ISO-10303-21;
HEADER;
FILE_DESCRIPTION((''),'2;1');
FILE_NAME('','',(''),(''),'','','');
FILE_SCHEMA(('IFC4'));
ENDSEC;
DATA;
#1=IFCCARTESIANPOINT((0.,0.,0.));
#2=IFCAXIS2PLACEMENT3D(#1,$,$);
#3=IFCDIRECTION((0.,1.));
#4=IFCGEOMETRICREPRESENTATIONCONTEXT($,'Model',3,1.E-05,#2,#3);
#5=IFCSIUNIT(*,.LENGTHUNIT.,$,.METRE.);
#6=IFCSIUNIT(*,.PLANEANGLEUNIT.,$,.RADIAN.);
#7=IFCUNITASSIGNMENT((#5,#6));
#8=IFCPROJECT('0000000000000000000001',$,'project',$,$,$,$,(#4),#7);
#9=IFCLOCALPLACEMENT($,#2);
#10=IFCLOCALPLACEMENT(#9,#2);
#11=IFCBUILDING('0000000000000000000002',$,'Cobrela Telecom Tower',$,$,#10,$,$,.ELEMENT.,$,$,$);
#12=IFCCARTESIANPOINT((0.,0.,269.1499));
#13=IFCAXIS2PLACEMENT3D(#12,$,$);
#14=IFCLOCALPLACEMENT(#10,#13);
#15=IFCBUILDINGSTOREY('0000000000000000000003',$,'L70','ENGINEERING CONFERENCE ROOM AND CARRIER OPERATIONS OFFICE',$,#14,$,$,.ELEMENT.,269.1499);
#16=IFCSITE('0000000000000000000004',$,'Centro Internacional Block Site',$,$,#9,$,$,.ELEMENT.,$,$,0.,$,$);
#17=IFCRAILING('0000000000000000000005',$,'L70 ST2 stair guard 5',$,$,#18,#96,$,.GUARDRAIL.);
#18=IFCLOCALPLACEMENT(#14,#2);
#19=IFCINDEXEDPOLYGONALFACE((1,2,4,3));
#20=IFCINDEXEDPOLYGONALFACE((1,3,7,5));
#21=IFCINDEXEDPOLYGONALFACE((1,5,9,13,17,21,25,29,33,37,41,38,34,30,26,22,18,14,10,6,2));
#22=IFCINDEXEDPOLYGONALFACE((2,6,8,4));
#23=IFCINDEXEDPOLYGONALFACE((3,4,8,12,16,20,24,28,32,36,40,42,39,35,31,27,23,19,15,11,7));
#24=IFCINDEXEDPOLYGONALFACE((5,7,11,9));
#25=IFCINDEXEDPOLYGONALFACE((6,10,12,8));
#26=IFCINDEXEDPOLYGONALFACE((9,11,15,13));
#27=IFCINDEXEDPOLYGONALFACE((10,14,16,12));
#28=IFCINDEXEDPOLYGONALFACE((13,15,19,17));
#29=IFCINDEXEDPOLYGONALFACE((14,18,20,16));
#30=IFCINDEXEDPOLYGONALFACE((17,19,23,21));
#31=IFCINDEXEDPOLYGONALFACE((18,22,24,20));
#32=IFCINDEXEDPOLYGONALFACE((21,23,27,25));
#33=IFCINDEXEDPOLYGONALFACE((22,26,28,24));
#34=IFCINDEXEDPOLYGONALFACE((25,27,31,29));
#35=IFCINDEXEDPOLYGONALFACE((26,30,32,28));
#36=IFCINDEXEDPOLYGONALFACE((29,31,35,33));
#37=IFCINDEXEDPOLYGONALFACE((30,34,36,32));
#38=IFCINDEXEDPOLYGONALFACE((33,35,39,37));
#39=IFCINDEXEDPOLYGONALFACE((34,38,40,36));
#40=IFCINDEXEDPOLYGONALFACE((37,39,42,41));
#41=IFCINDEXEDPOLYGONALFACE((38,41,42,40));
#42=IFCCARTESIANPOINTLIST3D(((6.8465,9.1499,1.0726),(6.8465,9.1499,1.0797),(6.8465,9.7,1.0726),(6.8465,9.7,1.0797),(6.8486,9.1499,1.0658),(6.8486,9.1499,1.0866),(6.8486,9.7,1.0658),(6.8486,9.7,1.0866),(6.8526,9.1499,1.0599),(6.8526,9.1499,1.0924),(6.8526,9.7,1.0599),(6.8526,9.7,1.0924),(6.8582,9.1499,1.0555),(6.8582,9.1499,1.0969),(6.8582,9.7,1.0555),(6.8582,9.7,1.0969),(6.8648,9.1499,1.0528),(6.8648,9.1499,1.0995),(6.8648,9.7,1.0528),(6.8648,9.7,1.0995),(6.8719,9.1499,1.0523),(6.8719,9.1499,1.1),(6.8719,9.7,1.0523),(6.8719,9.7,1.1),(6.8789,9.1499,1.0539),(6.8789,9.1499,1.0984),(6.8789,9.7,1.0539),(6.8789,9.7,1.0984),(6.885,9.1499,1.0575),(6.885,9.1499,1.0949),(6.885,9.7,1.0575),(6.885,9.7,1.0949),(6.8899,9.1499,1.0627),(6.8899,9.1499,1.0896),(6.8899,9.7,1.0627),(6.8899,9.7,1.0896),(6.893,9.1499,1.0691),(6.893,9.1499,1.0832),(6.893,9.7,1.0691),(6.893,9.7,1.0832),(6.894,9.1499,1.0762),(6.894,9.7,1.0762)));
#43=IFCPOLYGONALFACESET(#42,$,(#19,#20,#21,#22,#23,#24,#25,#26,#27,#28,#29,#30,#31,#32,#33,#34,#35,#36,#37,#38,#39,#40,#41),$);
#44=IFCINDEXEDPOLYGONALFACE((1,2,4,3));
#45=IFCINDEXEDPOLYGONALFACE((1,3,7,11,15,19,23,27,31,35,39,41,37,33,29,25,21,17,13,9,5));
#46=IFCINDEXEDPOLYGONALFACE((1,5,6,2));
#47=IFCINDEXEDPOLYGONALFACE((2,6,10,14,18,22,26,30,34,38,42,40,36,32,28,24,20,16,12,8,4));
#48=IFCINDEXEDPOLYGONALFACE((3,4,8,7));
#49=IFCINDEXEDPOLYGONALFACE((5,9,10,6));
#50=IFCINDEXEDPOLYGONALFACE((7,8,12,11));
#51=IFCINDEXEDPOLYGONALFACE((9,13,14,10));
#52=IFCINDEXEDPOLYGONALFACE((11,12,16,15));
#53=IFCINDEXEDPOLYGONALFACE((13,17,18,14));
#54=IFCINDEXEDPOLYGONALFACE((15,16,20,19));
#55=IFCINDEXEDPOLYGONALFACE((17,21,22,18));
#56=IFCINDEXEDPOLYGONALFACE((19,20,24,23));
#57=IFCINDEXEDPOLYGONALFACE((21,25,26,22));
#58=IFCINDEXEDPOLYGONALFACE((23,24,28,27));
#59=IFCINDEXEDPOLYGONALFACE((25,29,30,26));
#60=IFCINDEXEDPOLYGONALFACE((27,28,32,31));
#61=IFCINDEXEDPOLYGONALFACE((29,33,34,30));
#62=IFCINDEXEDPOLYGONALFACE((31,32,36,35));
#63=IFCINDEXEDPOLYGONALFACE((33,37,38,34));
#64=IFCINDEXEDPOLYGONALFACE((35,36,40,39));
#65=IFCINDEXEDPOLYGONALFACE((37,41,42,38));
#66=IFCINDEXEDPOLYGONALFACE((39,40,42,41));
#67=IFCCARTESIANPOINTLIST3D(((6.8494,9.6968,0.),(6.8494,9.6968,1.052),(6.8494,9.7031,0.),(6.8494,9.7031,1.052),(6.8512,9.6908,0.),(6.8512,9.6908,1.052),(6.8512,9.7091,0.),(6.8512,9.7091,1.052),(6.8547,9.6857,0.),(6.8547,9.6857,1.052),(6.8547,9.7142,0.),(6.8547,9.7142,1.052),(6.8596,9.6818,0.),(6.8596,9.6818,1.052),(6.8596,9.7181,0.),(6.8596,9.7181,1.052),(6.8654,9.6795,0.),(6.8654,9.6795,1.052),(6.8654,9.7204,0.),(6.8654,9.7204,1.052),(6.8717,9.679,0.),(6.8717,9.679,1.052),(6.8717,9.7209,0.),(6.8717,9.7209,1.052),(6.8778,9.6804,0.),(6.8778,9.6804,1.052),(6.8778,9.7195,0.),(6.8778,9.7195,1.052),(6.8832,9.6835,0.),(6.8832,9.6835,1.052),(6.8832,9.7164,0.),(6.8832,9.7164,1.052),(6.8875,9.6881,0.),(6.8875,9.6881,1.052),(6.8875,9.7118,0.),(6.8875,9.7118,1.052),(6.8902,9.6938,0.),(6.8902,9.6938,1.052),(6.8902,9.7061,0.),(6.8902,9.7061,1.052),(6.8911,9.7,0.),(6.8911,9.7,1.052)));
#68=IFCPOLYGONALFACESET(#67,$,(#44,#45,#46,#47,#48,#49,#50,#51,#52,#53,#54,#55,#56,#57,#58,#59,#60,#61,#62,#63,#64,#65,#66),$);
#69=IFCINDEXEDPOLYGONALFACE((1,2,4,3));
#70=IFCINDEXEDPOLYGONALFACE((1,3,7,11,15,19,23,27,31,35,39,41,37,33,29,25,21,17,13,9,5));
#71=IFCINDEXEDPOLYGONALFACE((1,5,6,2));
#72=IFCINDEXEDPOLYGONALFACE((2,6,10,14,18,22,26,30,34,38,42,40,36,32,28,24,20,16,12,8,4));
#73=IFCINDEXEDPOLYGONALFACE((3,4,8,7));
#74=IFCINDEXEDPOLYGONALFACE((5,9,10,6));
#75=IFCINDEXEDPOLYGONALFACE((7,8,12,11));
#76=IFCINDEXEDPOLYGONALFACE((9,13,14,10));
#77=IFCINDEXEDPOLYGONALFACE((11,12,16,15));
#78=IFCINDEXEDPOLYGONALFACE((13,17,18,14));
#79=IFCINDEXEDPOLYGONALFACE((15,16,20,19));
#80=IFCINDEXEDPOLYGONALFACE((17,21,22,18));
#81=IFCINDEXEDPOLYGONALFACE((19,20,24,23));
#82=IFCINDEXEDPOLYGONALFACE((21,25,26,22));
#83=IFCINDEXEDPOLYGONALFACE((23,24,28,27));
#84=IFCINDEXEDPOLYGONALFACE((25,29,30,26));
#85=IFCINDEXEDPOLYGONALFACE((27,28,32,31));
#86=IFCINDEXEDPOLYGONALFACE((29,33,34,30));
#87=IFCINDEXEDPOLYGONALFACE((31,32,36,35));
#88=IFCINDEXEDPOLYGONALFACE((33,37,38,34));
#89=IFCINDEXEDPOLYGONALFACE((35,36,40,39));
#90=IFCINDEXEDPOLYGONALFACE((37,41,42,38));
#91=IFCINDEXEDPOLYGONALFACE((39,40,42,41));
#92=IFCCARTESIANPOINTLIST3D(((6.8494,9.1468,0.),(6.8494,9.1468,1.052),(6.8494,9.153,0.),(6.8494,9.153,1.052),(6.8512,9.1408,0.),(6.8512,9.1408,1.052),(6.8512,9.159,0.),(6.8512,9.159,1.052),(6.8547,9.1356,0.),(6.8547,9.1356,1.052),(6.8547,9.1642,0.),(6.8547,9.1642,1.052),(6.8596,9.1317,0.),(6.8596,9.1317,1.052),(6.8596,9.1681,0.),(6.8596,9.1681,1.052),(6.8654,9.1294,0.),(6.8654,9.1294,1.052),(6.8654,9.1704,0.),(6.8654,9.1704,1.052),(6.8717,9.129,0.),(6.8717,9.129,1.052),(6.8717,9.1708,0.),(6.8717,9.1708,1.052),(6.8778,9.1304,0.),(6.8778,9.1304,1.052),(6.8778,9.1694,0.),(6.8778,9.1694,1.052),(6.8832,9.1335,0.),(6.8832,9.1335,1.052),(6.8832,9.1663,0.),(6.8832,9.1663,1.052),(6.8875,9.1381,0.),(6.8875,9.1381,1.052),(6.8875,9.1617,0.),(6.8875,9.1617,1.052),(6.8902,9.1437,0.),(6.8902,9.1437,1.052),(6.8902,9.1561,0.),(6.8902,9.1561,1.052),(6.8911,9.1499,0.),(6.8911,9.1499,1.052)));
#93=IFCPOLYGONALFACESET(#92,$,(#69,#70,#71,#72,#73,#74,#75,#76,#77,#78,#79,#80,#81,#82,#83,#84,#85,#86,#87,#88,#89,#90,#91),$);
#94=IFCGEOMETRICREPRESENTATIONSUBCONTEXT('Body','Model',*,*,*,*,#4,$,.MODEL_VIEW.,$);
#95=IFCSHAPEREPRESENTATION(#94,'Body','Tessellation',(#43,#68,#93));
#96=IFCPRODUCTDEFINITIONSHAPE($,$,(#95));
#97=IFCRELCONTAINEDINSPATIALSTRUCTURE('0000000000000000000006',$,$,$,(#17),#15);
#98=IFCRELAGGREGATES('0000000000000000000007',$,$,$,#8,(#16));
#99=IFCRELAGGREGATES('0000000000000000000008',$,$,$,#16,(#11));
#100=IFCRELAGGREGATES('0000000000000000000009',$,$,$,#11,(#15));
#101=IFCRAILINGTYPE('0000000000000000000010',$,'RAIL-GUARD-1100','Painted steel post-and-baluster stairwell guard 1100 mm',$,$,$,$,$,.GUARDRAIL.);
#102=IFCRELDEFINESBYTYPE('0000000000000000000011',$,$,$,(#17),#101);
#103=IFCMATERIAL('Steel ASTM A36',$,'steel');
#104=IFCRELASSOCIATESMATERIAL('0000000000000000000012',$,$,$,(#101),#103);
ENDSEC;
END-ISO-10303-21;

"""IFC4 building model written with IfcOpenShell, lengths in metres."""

from ifc_helpers import new_model, si_unit, direction, frame, origin, origin_2d, place, context, subcontext, project, spatial, circle, extrude, material, type_object, element, save


model = new_model("IFC4")

# Units and contexts
model_context = context("Model", 3, precision=1e-05, world=origin(), true_north=direction((0.0, 1.0)))
body_context = subcontext(model_context, "Body", "Model", "MODEL_VIEW")
ifc_project = project(units=[si_unit("LENGTHUNIT", "METRE"), si_unit("PLANEANGLEUNIT", "RADIAN")], contexts=[model_context])

# Site, building, storey
site_placement = place(None, origin())
site = spatial("IfcSite", under=ifc_project, at=site_placement, Name="Centro Internacional Block Site", CompositionType="ELEMENT", RefElevation=0.0)
building_placement = place(site_placement, origin())
building = spatial("IfcBuilding", under=site, at=building_placement, Name="Cobrela Telecom Tower", CompositionType="ELEMENT")
storey_placement = place(building_placement, frame((0.0, 0.0, 269.1499)))
storey = spatial("IfcBuildingStorey", under=building, at=storey_placement, Name="L70", Description="ENGINEERING CONFERENCE ROOM AND CARRIER OPERATIONS OFFICE", CompositionType="ELEMENT", Elevation=269.1499)

# Shared definitions
ifc_material_1 = material(Name="Steel ASTM A36", Category="steel")

# Railing
railing_type = type_object("IfcRailingType", Name="RAIL-GUARD-1100", Description="Painted steel post-and-baluster stairwell guard 1100 mm", PredefinedType="GUARDRAIL", material=ifc_material_1)
railing_1_placement = place(storey_placement, frame((6.8701, 9.7, 0.0)))
element("IfcRailing", 1, at=railing_1_placement, inside=storey, type_object=railing_type, Name="L70 ST2 stair guard 5", PredefinedType="GUARDRAIL", context=body_context, shape_type="SweptSolid", body=[
    extrude(circle(Radius=0.0239, at=origin_2d()), frame((0.0, 0.0, 1.0762), z_axis=(0.0, -1.0, 0.0), x_axis=(1.0, 0.0, 0.0)), (0.0, 0.0, 1.0), 0.55),
    extrude(circle(Radius=0.021, at=origin_2d()), origin(), (0.0, 0.0, 1.0), 1.052),
    extrude(circle(Radius=0.021, at=origin_2d()), frame((0.0, -0.55, 0.0)), (0.0, 0.0, 1.0), 1.052),
])

save(model, "model.ifc")
